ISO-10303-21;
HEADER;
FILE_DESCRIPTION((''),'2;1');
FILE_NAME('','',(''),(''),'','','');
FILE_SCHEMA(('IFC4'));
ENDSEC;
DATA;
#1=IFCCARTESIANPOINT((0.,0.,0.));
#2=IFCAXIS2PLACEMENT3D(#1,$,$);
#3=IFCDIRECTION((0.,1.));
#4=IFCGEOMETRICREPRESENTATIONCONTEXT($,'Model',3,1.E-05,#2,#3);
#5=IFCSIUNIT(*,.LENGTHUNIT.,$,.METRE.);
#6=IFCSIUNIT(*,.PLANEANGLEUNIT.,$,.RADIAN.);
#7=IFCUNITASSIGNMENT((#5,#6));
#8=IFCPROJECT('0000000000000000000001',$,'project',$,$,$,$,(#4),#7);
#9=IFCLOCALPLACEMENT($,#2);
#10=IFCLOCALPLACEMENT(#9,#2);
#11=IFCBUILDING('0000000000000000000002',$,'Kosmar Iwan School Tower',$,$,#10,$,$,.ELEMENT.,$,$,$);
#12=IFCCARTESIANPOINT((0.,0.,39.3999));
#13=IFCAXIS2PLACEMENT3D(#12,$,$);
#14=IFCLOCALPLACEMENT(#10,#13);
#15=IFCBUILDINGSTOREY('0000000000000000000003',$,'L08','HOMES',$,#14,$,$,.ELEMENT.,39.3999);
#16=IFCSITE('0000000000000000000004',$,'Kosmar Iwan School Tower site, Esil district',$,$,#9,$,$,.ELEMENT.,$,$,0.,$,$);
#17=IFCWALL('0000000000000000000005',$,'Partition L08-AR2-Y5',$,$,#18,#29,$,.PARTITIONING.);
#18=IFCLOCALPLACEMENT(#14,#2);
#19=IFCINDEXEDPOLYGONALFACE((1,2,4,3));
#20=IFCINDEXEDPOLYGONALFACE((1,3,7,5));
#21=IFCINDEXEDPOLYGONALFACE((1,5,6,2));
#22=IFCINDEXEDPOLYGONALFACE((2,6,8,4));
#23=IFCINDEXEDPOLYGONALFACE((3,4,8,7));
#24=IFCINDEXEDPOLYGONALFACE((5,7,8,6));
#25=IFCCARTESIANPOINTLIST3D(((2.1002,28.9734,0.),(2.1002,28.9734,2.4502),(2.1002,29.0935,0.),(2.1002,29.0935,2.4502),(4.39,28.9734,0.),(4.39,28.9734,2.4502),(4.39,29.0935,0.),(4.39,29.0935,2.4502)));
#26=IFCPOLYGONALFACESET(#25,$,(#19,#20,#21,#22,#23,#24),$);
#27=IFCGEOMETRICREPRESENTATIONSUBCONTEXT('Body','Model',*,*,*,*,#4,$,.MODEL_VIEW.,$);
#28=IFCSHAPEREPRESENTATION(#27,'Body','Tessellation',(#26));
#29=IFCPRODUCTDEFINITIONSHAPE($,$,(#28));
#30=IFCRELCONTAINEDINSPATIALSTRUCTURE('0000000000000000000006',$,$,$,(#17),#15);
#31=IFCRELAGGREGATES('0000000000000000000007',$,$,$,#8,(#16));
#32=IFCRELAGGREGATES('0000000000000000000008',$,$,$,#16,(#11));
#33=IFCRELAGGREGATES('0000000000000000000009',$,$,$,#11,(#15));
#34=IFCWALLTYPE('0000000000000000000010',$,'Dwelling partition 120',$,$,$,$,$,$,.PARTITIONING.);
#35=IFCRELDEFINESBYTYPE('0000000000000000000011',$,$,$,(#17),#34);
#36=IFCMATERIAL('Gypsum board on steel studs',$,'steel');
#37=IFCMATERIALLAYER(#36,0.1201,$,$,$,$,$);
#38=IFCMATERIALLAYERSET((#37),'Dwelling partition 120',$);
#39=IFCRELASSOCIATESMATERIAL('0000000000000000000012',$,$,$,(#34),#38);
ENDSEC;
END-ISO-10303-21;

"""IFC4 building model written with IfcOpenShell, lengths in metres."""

from ifc_helpers import new_model, si_unit, direction, frame, frame_2d, origin, place, context, subcontext, project, spatial, rectangle, extrude, material, layer, layer_set, type_object, element, save


model = new_model("IFC4")

# Units and contexts
model_context = context("Model", 3, precision=1e-05, world=origin(), true_north=direction((0.0, 1.0)))
body_context = subcontext(model_context, "Body", "Model", "MODEL_VIEW")
ifc_project = project(units=[si_unit("LENGTHUNIT", "METRE"), si_unit("PLANEANGLEUNIT", "RADIAN")], contexts=[model_context])

# Site, building, storey
site_placement = place(None, origin())
site = spatial("IfcSite", under=ifc_project, at=site_placement, Name="Kosmar Iwan School Tower site, Esil district", CompositionType="ELEMENT", RefElevation=0.0)
building_placement = place(site_placement, origin())
building = spatial("IfcBuilding", under=site, at=building_placement, Name="Kosmar Iwan School Tower", CompositionType="ELEMENT")
storey_placement = place(building_placement, frame((0.0, 0.0, 39.3999)))
storey = spatial("IfcBuildingStorey", under=building, at=storey_placement, Name="L08", Description="HOMES", CompositionType="ELEMENT", Elevation=39.3999)

# Wall
ifc_material_1 = material(Name="Gypsum board on steel studs", Category="steel")
ifc_layer_1 = layer(ifc_material_1, 0.1201)
ifc_layer_set_1 = layer_set([ifc_layer_1], Name="Dwelling partition 120")
wall_type_1 = type_object("IfcWallType", Name="Dwelling partition 120", PredefinedType="PARTITIONING", material=ifc_layer_set_1)
wall_1_placement = place(storey_placement, frame((2.1001, 29.0334, 0.0), z_axis=(0.0, 0.0, 1.0), x_axis=(1.0, 0.0, 0.0)))
element("IfcWall", 1, at=wall_1_placement, inside=storey, type_object=wall_type_1, Name="Partition L08-AR2-Y5", PredefinedType="PARTITIONING", context=body_context, shape_type="SweptSolid", body=[
    extrude(rectangle(XDim=2.2898, YDim=0.1201, at=frame_2d((1.145, 0.0))), origin(), (0.0, 0.0, 1.0), 2.4502),
])

save(model, "model.ifc")
